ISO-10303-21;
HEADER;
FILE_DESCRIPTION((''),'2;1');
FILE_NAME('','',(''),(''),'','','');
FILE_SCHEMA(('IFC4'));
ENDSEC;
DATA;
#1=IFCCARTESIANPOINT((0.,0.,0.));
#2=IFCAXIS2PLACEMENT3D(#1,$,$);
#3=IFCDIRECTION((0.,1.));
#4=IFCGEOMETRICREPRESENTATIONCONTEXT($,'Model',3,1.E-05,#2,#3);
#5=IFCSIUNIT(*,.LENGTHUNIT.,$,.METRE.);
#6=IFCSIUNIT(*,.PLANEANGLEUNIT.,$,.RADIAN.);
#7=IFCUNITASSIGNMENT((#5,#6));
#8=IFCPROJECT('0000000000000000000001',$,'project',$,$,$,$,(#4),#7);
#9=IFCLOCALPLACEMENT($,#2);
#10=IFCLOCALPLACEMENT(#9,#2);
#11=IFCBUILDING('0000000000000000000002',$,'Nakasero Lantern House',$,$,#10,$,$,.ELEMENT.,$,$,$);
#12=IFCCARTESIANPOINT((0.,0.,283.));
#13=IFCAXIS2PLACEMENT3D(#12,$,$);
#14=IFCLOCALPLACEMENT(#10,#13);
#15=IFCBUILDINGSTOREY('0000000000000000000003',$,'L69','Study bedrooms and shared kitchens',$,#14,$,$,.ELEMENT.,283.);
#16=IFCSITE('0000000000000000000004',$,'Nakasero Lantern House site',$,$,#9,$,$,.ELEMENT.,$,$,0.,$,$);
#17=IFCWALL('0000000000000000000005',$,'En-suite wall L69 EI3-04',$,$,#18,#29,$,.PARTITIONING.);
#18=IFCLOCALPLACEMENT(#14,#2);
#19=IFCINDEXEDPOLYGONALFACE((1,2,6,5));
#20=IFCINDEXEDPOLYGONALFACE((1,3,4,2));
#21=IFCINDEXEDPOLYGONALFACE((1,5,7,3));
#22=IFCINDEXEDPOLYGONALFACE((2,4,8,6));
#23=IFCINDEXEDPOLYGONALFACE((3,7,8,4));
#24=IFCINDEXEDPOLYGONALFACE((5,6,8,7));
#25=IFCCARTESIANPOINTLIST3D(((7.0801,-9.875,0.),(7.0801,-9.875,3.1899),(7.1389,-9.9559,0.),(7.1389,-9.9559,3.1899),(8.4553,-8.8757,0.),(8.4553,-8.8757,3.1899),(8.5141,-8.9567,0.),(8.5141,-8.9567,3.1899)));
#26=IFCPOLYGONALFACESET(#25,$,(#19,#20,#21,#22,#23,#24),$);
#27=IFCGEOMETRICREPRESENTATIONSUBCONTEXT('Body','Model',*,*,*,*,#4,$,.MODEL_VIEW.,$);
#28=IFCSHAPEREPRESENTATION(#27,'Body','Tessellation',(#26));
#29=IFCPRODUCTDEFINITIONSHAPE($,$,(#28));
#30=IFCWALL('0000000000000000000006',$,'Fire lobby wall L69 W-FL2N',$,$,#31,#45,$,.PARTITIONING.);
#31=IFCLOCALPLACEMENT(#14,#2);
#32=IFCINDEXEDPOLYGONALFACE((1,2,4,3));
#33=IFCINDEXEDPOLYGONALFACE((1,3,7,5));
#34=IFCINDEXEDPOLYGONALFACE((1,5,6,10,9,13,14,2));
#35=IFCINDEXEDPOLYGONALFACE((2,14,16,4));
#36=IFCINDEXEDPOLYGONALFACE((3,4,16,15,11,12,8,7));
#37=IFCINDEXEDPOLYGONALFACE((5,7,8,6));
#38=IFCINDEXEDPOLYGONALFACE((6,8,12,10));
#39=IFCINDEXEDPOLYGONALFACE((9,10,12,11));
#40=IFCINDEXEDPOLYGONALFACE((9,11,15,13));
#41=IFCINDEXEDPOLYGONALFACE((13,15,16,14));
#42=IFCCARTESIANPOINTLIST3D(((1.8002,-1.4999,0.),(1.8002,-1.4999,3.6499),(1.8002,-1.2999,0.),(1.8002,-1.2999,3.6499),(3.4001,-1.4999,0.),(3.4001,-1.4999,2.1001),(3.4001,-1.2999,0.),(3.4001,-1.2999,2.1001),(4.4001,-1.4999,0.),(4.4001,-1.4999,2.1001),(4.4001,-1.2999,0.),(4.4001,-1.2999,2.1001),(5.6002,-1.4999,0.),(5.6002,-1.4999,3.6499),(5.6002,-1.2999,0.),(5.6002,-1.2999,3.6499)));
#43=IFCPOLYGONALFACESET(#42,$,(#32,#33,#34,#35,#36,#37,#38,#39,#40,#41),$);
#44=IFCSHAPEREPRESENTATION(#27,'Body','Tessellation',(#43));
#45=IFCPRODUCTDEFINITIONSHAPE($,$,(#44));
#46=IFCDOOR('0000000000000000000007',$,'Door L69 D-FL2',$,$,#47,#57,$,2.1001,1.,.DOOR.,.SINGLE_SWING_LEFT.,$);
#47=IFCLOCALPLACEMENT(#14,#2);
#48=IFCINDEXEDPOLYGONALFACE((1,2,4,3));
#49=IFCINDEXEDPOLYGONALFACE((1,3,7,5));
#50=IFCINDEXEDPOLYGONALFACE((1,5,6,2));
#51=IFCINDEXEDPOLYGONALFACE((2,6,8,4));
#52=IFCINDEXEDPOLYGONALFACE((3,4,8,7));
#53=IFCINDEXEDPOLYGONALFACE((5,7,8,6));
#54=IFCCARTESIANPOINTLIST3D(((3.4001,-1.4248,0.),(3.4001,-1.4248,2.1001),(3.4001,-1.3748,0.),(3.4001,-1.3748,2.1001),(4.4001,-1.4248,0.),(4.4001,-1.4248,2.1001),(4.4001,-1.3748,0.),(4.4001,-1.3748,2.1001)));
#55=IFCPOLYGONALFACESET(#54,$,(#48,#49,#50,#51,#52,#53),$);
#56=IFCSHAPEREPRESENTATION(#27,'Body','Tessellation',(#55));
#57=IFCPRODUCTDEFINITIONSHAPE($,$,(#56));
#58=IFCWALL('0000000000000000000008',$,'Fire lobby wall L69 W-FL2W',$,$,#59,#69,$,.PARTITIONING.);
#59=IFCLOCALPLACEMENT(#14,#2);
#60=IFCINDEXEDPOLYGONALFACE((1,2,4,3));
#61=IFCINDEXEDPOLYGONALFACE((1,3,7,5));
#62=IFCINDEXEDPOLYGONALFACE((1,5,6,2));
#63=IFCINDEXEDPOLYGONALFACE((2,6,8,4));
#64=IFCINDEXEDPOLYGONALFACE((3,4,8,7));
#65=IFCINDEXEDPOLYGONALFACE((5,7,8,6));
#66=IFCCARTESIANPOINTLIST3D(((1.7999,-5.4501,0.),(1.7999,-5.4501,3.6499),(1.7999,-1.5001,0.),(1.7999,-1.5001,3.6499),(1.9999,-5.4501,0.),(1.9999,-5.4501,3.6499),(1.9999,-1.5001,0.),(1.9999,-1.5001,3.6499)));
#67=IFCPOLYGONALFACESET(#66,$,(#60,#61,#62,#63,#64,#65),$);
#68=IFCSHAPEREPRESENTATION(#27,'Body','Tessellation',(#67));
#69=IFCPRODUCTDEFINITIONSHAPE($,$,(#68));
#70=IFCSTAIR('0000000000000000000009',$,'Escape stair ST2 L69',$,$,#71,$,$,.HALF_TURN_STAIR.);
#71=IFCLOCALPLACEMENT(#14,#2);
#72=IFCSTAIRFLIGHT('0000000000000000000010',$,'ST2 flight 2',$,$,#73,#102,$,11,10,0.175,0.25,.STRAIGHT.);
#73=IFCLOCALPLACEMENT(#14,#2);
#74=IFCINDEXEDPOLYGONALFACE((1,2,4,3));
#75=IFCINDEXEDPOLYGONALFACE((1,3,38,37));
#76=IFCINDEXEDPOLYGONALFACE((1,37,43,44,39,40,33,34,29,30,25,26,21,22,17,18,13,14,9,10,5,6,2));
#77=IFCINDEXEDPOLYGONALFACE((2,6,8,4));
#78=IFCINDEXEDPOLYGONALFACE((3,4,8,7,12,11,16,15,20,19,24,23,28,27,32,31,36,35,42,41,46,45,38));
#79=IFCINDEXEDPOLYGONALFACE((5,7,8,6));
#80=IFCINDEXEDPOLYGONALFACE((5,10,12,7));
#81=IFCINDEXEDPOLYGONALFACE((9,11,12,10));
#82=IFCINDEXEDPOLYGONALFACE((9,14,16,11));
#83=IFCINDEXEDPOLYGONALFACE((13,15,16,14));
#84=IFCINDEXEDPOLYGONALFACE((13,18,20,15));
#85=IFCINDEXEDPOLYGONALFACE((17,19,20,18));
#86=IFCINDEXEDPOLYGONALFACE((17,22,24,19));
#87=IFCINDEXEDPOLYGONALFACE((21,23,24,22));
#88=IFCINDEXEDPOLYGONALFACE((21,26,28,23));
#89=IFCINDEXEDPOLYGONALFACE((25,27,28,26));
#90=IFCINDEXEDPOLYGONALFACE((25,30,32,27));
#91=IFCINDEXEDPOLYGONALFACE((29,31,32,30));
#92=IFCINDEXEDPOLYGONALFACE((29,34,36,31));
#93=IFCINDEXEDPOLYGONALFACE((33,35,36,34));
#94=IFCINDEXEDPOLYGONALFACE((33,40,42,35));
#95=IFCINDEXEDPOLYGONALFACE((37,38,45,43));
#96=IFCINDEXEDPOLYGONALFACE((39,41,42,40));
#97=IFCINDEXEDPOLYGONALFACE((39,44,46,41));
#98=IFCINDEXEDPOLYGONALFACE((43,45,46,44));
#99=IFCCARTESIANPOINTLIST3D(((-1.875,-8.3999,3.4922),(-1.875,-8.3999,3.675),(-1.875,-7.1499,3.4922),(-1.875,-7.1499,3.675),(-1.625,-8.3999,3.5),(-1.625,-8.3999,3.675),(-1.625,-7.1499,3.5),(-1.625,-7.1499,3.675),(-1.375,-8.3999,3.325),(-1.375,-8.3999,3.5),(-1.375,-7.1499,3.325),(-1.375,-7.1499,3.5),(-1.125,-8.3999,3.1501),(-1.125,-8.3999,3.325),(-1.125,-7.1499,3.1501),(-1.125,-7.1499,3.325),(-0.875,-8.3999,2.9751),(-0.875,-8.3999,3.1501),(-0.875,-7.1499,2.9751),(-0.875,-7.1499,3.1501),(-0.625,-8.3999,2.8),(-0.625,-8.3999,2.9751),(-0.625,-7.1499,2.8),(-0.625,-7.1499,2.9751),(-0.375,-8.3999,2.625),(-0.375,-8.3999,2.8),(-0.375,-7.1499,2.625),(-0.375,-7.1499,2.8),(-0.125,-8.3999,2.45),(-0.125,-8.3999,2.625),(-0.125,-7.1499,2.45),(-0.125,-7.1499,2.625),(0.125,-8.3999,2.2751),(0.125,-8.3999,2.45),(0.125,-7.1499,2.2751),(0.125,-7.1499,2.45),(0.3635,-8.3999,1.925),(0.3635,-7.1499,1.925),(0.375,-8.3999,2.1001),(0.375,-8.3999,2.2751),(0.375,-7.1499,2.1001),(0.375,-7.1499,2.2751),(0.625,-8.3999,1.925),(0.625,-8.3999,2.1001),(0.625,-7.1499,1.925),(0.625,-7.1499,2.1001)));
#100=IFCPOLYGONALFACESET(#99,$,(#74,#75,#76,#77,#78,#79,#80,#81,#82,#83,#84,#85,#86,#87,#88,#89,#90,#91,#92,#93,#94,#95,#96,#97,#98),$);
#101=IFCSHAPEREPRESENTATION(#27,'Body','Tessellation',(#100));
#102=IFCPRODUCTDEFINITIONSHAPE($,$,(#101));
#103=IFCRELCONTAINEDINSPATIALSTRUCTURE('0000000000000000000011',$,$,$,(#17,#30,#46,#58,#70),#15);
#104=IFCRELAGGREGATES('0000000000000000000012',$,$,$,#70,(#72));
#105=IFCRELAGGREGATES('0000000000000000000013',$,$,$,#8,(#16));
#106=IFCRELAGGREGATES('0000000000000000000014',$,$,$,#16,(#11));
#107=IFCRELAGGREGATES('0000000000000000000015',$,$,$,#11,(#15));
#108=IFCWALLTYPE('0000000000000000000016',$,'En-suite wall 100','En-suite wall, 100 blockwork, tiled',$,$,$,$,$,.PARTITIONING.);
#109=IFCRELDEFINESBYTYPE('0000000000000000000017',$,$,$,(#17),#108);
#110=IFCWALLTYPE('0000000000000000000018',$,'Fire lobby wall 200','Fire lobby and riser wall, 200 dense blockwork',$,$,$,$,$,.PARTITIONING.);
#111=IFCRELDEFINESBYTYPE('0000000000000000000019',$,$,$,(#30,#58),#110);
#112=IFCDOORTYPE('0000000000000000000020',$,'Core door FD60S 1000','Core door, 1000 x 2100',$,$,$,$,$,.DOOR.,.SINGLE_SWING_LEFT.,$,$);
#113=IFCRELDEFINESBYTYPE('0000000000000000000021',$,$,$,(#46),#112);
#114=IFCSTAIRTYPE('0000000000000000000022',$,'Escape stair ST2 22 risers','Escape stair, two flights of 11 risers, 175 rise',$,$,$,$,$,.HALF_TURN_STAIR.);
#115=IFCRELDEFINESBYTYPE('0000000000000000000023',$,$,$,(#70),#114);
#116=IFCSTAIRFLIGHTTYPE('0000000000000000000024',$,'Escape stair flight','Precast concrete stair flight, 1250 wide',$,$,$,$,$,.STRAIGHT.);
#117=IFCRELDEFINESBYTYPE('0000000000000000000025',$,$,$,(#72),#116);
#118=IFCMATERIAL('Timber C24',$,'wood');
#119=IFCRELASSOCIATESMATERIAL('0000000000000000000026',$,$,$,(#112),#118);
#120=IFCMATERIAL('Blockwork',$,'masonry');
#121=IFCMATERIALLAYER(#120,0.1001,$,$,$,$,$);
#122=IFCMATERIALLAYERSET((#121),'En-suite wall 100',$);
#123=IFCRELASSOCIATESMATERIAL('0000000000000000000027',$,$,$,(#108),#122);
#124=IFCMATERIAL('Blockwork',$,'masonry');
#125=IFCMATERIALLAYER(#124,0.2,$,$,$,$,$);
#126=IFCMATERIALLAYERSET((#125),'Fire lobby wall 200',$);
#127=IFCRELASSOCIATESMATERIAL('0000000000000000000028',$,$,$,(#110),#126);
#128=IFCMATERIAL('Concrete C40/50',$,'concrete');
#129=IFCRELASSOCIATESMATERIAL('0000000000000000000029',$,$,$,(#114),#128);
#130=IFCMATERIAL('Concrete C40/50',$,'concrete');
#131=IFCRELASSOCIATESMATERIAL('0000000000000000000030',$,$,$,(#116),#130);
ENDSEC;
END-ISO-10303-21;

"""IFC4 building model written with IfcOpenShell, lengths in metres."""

from ifc_helpers import new_model, si_unit, direction, frame, frame_2d, origin, place, context, subcontext, project, spatial, polyline, rectangle, outline, extrude, material, layer, layer_set, type_object, element, fill, aggregate, save


model = new_model("IFC4")

# Units and contexts
model_context = context("Model", 3, precision=1e-05, world=origin(), true_north=direction((0.0, 1.0)))
body_context = subcontext(model_context, "Body", "Model", "MODEL_VIEW")
ifc_project = project(units=[si_unit("LENGTHUNIT", "METRE"), si_unit("PLANEANGLEUNIT", "RADIAN")], contexts=[model_context])

# Site, building, storey
site_placement = place(None, origin())
site = spatial("IfcSite", under=ifc_project, at=site_placement, Name="Nakasero Lantern House site", CompositionType="ELEMENT", RefElevation=0.0)
building_placement = place(site_placement, origin())
building = spatial("IfcBuilding", under=site, at=building_placement, Name="Nakasero Lantern House", CompositionType="ELEMENT")
storey_placement = place(building_placement, frame((0.0, 0.0, 283.0)))
storey = spatial("IfcBuildingStorey", under=building, at=storey_placement, Name="L69", Description="Study bedrooms and shared kitchens", CompositionType="ELEMENT", Elevation=283.0)

# Shared definitions
ifc_material_1 = material(Name="Timber C24", Category="wood")
door_type_1 = type_object("IfcDoorType", Name="Core door FD60S 1000", Description="Core door, 1000 x 2100", OperationType="SINGLE_SWING_LEFT", PredefinedType="DOOR", material=ifc_material_1)

# Wall
ifc_material_2 = material(Name="Blockwork", Category="masonry")
ifc_layer_1 = layer(ifc_material_2, 0.1001)
ifc_layer_set_1 = layer_set([ifc_layer_1], Name="En-suite wall 100")
wall_type_1 = type_object("IfcWallType", Name="En-suite wall 100", Description="En-suite wall, 100 blockwork, tiled", PredefinedType="PARTITIONING", material=ifc_layer_set_1)
wall_1_placement = place(storey_placement, frame((7.1094, -9.9155, 0.0), z_axis=(0.0, 0.0, 1.0), x_axis=(0.808991, 0.587822, 0.0)))
element("IfcWall", 1, at=wall_1_placement, inside=storey, type_object=wall_type_1, Name="En-suite wall L69 EI3-04", PredefinedType="PARTITIONING", context=body_context, shape_type="SweptSolid", body=[
    extrude(rectangle(XDim=1.7, YDim=0.1001, at=frame_2d((0.8501, 0.0))), origin(), (0.0, 0.0, 1.0), 3.1899),
])

# Wall, opening, door
ifc_material_3 = material(Name="Blockwork", Category="masonry")
ifc_layer_2 = layer(ifc_material_3, 0.2)
ifc_layer_set_2 = layer_set([ifc_layer_2], Name="Fire lobby wall 200")
wall_type_2 = type_object("IfcWallType", Name="Fire lobby wall 200", Description="Fire lobby and riser wall, 200 dense blockwork", PredefinedType="PARTITIONING", material=ifc_layer_set_2)
wall_2_placement = place(storey_placement, frame((5.6001, -1.3999, 0.0), z_axis=(0.0, 0.0, 1.0), x_axis=(-1.0, 0.0, 0.0)))
wall_2 = element("IfcWall", 2, at=wall_2_placement, inside=storey, type_object=wall_type_2, Name="Fire lobby wall L69 W-FL2N", PredefinedType="PARTITIONING", context=body_context, shape_type="SweptSolid", body=[
    extrude(rectangle(XDim=3.8, YDim=0.2, at=frame_2d((1.8999, 0.0))), origin(), (0.0, 0.0, 1.0), 3.6499),
])
opening_1_placement = place(wall_2_placement, frame((1.2, 0.0, 0.0)))
opening_1 = element("IfcOpeningElement", 3, at=opening_1_placement, cuts=wall_2, PredefinedType="OPENING", context=body_context, shape_type="SweptSolid", body=[
    extrude(rectangle(XDim=1.0, YDim=2.1001, at=frame_2d((0.5, 1.05))), frame((0.0, 0.1199, 0.0), z_axis=(0.0, -1.0, 0.0), x_axis=(1.0, 0.0, 0.0)), (0.0, 0.0, 1.0), 0.24),
])
door_1_placement = place(opening_1_placement, origin())
door_1 = element("IfcDoor", 4, at=door_1_placement, inside=storey, type_object=door_type_1, Name="Door L69 D-FL2", OperationType="SINGLE_SWING_LEFT", OverallHeight=2.1001, OverallWidth=1.0, PredefinedType="DOOR", context=body_context, shape_type="SweptSolid", body=[
    extrude(rectangle(XDim=1.0, YDim=2.1001, at=frame_2d((0.5, 1.05))), frame((0.0, 0.0249, 0.0), z_axis=(0.0, -1.0, 0.0), x_axis=(1.0, 0.0, 0.0)), (0.0, 0.0, 1.0), 0.05),
])
fill(opening_1, door_1)

# Wall
wall_3_placement = place(storey_placement, frame((1.8999, -1.5, 0.0), z_axis=(0.0, 0.0, 1.0), x_axis=(0.0, -1.0, 0.0)))
element("IfcWall", 5, at=wall_3_placement, inside=storey, type_object=wall_type_2, Name="Fire lobby wall L69 W-FL2W", PredefinedType="PARTITIONING", context=body_context, shape_type="SweptSolid", body=[
    extrude(rectangle(XDim=3.95, YDim=0.2, at=frame_2d((1.9751, 0.0))), origin(), (0.0, 0.0, 1.0), 3.6499),
])

# Stair, stair flight
ifc_material_4 = material(Name="Concrete C40/50", Category="concrete")
stair_type_1 = type_object("IfcStairType", Name="Escape stair ST2 22 risers", Description="Escape stair, two flights of 11 risers, 175 rise", PredefinedType="HALF_TURN_STAIR", material=ifc_material_4)
stair_1_placement = place(storey_placement, origin())
stair_1 = element("IfcStair", 6, at=stair_1_placement, inside=storey, type_object=stair_type_1, Name="Escape stair ST2 L69", PredefinedType="HALF_TURN_STAIR")
ifc_material_5 = material(Name="Concrete C40/50", Category="concrete")
stair_flight_type = type_object("IfcStairFlightType", Name="Escape stair flight", Description="Precast concrete stair flight, 1250 wide", PredefinedType="STRAIGHT", material=ifc_material_5)
stair_flight_placement = place(storey_placement, frame((0.625, -7.7749, 1.925), z_axis=(0.0, 0.0, 1.0), x_axis=(-1.0, 0.0, 0.0)))
stair_flight = element("IfcStairFlight", 7, at=stair_flight_placement, type_object=stair_flight_type, Name="ST2 flight 2", NumberOfRisers=11, NumberOfTreads=10, PredefinedType="STRAIGHT", RiserHeight=0.175, TreadLength=0.25, context=body_context, shape_type="SweptSolid", body=[
    extrude(outline(polyline([(0.0, 0.0), (0.0, 0.175), (0.25, 0.175), (0.25, 0.3501), (0.5, 0.3501), (0.5, 0.5249), (0.75, 0.5249), (0.75, 0.7), (1.0, 0.7), (1.0, 0.875), (1.25, 0.875), (1.25, 1.05), (1.5, 1.05), (1.5, 1.2251), (1.75, 1.2251), (1.75, 1.3999), (2.0, 1.3999), (2.0, 1.575), (2.25, 1.575), (2.25, 1.75), (2.5, 1.75), (2.5, 1.925), (2.5, 1.5671), (0.2615, 0.0), (0.0, 0.0)])), frame((0.0, 0.625, 0.0), z_axis=(0.0, -1.0, 0.0), x_axis=(1.0, 0.0, 0.0)), (0.0, 0.0, 1.0), 1.25),
])
aggregate(stair_1, [stair_flight])

save(model, "model.ifc")
